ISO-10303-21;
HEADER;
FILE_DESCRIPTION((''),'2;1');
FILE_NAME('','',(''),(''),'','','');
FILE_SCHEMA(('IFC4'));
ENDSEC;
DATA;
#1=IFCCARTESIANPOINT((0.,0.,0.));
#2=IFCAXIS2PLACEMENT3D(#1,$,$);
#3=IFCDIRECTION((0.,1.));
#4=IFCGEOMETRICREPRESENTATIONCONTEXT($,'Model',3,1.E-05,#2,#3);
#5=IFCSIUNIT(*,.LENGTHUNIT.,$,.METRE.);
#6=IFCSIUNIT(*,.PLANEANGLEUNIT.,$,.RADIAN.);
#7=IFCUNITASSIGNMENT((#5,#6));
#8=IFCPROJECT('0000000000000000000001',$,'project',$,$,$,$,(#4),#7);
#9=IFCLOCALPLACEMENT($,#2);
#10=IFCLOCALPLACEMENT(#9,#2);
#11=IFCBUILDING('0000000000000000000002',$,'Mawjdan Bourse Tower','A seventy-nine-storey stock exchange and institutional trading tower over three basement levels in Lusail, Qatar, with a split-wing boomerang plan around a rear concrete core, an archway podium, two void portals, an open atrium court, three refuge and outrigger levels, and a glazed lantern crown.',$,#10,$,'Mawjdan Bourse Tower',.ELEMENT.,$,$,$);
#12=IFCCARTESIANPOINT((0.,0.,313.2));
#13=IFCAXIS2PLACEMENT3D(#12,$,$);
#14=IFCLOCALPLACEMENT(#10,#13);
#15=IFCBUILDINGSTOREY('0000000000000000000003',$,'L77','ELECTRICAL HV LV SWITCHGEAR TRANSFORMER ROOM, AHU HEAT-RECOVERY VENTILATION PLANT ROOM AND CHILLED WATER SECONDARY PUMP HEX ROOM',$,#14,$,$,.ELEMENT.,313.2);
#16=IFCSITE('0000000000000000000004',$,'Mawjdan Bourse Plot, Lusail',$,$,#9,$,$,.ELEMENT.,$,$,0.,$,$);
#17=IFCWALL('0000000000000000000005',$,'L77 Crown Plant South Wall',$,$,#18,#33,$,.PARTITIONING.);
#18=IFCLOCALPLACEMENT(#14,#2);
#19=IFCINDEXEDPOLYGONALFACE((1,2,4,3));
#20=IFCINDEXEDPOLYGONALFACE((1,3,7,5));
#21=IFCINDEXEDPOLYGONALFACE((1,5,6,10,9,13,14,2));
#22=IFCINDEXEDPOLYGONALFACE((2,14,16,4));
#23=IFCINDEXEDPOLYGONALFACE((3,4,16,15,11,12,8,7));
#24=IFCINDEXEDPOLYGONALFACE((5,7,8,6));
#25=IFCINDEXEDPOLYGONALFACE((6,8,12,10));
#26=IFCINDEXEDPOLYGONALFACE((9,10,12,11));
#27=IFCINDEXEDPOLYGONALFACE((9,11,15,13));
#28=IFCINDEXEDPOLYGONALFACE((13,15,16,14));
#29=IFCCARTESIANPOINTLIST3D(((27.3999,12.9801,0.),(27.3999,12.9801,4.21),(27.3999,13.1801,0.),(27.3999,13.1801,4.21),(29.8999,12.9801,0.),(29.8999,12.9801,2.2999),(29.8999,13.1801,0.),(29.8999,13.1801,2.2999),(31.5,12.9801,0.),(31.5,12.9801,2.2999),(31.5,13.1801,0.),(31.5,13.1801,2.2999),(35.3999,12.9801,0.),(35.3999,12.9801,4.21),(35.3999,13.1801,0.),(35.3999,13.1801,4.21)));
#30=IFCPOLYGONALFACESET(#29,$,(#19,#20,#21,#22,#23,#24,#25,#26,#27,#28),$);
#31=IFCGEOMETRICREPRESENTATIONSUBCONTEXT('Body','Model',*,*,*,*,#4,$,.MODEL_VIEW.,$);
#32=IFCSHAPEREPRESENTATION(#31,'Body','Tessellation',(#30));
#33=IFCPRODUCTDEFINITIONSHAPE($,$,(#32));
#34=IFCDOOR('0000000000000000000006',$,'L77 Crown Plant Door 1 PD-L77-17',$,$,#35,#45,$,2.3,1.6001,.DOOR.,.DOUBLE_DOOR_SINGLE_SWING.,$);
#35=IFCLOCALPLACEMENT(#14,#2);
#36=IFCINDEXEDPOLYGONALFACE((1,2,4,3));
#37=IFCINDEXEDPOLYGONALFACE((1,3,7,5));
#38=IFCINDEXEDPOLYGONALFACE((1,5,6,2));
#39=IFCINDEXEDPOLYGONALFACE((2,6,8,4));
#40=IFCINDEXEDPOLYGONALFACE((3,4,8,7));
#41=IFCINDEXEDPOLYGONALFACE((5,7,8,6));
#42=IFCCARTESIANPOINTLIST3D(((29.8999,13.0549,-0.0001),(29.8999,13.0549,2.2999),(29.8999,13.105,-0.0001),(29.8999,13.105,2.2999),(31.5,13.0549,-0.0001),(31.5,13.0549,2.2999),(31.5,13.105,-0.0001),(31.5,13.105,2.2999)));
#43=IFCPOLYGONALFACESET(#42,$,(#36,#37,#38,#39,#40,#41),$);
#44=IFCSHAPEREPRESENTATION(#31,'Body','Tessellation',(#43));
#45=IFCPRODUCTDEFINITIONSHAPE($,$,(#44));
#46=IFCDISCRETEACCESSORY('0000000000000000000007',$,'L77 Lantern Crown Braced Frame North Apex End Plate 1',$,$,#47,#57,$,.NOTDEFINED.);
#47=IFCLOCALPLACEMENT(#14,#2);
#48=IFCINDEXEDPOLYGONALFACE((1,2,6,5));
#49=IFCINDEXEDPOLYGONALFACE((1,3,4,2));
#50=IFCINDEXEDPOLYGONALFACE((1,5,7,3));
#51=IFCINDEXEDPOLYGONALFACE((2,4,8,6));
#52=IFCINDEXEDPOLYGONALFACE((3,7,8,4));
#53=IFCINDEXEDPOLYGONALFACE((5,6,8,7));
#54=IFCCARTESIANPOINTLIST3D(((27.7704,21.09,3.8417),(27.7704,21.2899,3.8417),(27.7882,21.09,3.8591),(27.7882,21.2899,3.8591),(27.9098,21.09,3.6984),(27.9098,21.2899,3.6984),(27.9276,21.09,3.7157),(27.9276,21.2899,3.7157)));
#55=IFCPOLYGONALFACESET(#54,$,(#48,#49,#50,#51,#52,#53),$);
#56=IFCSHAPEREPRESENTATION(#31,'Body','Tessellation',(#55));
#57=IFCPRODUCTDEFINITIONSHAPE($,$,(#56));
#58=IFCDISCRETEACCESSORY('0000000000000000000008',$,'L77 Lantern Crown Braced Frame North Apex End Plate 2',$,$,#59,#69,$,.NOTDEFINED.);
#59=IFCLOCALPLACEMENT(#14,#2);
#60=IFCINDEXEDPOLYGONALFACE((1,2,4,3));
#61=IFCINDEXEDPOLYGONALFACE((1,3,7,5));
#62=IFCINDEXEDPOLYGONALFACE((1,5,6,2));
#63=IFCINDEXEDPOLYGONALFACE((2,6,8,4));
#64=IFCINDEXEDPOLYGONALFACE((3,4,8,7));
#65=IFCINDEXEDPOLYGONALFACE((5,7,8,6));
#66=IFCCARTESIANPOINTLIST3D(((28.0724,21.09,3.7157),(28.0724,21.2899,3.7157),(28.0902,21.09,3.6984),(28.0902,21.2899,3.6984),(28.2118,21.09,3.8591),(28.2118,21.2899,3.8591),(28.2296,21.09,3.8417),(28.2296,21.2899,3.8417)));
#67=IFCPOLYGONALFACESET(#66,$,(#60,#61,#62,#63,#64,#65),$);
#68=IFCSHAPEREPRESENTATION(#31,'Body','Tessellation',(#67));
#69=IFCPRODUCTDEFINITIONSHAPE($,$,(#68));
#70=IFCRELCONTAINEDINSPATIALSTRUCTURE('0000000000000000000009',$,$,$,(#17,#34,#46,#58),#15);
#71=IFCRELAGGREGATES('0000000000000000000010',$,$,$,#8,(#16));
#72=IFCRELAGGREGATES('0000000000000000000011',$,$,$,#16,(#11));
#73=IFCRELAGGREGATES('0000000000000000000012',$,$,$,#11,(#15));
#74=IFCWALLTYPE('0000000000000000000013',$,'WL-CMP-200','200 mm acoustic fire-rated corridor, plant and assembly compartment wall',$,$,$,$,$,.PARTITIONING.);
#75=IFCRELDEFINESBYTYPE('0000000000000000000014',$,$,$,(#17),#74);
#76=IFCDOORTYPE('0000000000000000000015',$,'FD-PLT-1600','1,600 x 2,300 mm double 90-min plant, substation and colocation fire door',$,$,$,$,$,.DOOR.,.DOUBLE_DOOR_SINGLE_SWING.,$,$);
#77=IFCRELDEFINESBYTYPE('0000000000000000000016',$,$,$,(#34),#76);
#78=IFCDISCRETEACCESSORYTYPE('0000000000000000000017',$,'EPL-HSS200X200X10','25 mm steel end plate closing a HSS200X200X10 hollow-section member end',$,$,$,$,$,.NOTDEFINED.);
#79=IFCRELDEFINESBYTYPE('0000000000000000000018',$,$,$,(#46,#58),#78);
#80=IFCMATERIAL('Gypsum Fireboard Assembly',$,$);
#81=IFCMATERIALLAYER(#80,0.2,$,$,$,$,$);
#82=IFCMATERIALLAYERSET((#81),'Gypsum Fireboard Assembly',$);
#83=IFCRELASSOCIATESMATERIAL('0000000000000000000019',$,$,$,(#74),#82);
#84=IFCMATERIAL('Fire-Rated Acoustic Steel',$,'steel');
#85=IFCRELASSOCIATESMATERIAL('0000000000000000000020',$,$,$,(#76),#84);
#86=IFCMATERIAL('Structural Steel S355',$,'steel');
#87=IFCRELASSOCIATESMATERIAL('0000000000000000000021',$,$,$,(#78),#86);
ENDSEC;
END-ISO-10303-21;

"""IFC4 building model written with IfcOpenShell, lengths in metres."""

from ifc_helpers import new_model, si_unit, direction, frame, frame_2d, origin, origin_2d, place, context, subcontext, project, spatial, rectangle, extrude, material, layer, layer_set, material_profile, profile_set, type_object, element, fill, save


model = new_model("IFC4")

# Units and contexts
model_context = context("Model", 3, precision=1e-05, world=origin(), true_north=direction((0.0, 1.0)))
body_context = subcontext(model_context, "Body", "Model", "MODEL_VIEW")
ifc_project = project(units=[si_unit("LENGTHUNIT", "METRE"), si_unit("PLANEANGLEUNIT", "RADIAN")], contexts=[model_context])

# Site, building, storey
site_placement = place(None, origin())
site = spatial("IfcSite", under=ifc_project, at=site_placement, Name="Mawjdan Bourse Plot, Lusail", CompositionType="ELEMENT", RefElevation=0.0)
building_placement = place(site_placement, origin())
building = spatial("IfcBuilding", under=site, at=building_placement, Name="Mawjdan Bourse Tower", Description="A seventy-nine-storey stock exchange and institutional trading tower over three basement levels in Lusail, Qatar, with a split-wing boomerang plan around a rear concrete core, an archway podium, two void portals, an open atrium court, three refuge and outrigger levels, and a glazed lantern crown.", LongName="Mawjdan Bourse Tower", CompositionType="ELEMENT")
storey_placement = place(building_placement, frame((0.0, 0.0, 313.2)))
storey = spatial("IfcBuildingStorey", under=building, at=storey_placement, Name="L77", Description="ELECTRICAL HV LV SWITCHGEAR TRANSFORMER ROOM, AHU HEAT-RECOVERY VENTILATION PLANT ROOM AND CHILLED WATER SECONDARY PUMP HEX ROOM", CompositionType="ELEMENT", Elevation=313.2)

# Shared definitions
ifc_material_1 = material(Name="Structural Steel S355", Category="steel")

# Shared definitions
ifc_material_2 = material(Name="Gypsum Fireboard Assembly")
ifc_layer_1 = layer(ifc_material_2, 0.2)
ifc_layer_set_1 = layer_set([ifc_layer_1], Name="Gypsum Fireboard Assembly")
wall_type = type_object("IfcWallType", Name="WL-CMP-200", Description="200 mm acoustic fire-rated corridor, plant and assembly compartment wall", PredefinedType="PARTITIONING", material=ifc_layer_set_1)
ifc_material_3 = material(Name="Fire-Rated Acoustic Steel", Category="steel")
door_type = type_object("IfcDoorType", Name="FD-PLT-1600", Description="1,600 x 2,300 mm double 90-min plant, substation and colocation fire door", OperationType="DOUBLE_DOOR_SINGLE_SWING", PredefinedType="DOOR", material=ifc_material_3)

# Wall, opening, door
wall_1_placement = place(storey_placement, frame((27.3999, 13.0801, 0.0), z_axis=(0.0, 0.0, 1.0), x_axis=(1.0, 0.0, 0.0)))
wall_1 = element("IfcWall", 1, at=wall_1_placement, inside=storey, type_object=wall_type, Name="L77 Crown Plant South Wall", PredefinedType="PARTITIONING", context=body_context, shape_type="SweptSolid", body=[
    extrude(rectangle(XDim=8.0, YDim=0.2, at=frame_2d((4.0, 0.0))), origin(), (0.0, 0.0, 1.0), 4.21),
])
opening_1_placement = place(wall_1_placement, frame((2.5, 0.0, 0.0)))
opening_1 = element("IfcOpeningElement", 2, at=opening_1_placement, cuts=wall_1, PredefinedType="OPENING", context=body_context, shape_type="SweptSolid", body=[
    extrude(rectangle(XDim=1.6001, YDim=2.3, at=frame_2d((0.8, 1.1499))), frame((0.0, 0.1099, 0.0), z_axis=(0.0, -1.0, 0.0), x_axis=(1.0, 0.0, 0.0)), (0.0, 0.0, 1.0), 0.22),
])
door_1_placement = place(opening_1_placement, origin())
door_1 = element("IfcDoor", 3, at=door_1_placement, inside=storey, type_object=door_type, Name="L77 Crown Plant Door 1 PD-L77-17", OperationType="DOUBLE_DOOR_SINGLE_SWING", OverallHeight=2.3, OverallWidth=1.6001, PredefinedType="DOOR", context=body_context, shape_type="SweptSolid", body=[
    extrude(rectangle(XDim=1.6001, YDim=2.3, at=frame_2d((0.8, 1.1499))), frame((0.0, 0.0249, 0.0), z_axis=(0.0, -1.0, 0.0), x_axis=(1.0, 0.0, 0.0)), (0.0, 0.0, 1.0), 0.05),
])
fill(opening_1, door_1)

# Discrete accessories
ifc_material_profile_1 = material_profile(ifc_material_1, rectangle(XDim=0.2, YDim=0.2, at=origin_2d()), Name="EPL-HSS200X200X10")
ifc_profile_set_1 = profile_set([ifc_material_profile_1], Name="Structural Steel S355")
discrete_accessory_type = type_object("IfcDiscreteAccessoryType", Name="EPL-HSS200X200X10", Description="25 mm steel end plate closing a HSS200X200X10 hollow-section member end", PredefinedType="NOTDEFINED", material=ifc_profile_set_1)
for number, where, z_axis, x_axis, name in (
    (4, (27.8401, 21.1899, 3.77), (0.716859, 0.0, 0.697219), (0.0, 1.0, 0.0), "L77 Lantern Crown Braced Frame North Apex End Plate 1"),
    (5, (28.1599, 21.1899, 3.77), (-0.716859, 0.0, 0.697219), (0.0, -1.0, 0.0), "L77 Lantern Crown Braced Frame North Apex End Plate 2"),
):
    element("IfcDiscreteAccessory", number, at=place(storey_placement, frame(where, z_axis=z_axis, x_axis=x_axis)), inside=storey, type_object=discrete_accessory_type, Name=name, PredefinedType="NOTDEFINED", context=body_context, shape_type="SweptSolid", body=[
        extrude(rectangle(XDim=0.2, YDim=0.2, at=origin_2d()), origin(), (0.0, 0.0, 1.0), 0.0249),
    ])

save(model, "model.ifc")
